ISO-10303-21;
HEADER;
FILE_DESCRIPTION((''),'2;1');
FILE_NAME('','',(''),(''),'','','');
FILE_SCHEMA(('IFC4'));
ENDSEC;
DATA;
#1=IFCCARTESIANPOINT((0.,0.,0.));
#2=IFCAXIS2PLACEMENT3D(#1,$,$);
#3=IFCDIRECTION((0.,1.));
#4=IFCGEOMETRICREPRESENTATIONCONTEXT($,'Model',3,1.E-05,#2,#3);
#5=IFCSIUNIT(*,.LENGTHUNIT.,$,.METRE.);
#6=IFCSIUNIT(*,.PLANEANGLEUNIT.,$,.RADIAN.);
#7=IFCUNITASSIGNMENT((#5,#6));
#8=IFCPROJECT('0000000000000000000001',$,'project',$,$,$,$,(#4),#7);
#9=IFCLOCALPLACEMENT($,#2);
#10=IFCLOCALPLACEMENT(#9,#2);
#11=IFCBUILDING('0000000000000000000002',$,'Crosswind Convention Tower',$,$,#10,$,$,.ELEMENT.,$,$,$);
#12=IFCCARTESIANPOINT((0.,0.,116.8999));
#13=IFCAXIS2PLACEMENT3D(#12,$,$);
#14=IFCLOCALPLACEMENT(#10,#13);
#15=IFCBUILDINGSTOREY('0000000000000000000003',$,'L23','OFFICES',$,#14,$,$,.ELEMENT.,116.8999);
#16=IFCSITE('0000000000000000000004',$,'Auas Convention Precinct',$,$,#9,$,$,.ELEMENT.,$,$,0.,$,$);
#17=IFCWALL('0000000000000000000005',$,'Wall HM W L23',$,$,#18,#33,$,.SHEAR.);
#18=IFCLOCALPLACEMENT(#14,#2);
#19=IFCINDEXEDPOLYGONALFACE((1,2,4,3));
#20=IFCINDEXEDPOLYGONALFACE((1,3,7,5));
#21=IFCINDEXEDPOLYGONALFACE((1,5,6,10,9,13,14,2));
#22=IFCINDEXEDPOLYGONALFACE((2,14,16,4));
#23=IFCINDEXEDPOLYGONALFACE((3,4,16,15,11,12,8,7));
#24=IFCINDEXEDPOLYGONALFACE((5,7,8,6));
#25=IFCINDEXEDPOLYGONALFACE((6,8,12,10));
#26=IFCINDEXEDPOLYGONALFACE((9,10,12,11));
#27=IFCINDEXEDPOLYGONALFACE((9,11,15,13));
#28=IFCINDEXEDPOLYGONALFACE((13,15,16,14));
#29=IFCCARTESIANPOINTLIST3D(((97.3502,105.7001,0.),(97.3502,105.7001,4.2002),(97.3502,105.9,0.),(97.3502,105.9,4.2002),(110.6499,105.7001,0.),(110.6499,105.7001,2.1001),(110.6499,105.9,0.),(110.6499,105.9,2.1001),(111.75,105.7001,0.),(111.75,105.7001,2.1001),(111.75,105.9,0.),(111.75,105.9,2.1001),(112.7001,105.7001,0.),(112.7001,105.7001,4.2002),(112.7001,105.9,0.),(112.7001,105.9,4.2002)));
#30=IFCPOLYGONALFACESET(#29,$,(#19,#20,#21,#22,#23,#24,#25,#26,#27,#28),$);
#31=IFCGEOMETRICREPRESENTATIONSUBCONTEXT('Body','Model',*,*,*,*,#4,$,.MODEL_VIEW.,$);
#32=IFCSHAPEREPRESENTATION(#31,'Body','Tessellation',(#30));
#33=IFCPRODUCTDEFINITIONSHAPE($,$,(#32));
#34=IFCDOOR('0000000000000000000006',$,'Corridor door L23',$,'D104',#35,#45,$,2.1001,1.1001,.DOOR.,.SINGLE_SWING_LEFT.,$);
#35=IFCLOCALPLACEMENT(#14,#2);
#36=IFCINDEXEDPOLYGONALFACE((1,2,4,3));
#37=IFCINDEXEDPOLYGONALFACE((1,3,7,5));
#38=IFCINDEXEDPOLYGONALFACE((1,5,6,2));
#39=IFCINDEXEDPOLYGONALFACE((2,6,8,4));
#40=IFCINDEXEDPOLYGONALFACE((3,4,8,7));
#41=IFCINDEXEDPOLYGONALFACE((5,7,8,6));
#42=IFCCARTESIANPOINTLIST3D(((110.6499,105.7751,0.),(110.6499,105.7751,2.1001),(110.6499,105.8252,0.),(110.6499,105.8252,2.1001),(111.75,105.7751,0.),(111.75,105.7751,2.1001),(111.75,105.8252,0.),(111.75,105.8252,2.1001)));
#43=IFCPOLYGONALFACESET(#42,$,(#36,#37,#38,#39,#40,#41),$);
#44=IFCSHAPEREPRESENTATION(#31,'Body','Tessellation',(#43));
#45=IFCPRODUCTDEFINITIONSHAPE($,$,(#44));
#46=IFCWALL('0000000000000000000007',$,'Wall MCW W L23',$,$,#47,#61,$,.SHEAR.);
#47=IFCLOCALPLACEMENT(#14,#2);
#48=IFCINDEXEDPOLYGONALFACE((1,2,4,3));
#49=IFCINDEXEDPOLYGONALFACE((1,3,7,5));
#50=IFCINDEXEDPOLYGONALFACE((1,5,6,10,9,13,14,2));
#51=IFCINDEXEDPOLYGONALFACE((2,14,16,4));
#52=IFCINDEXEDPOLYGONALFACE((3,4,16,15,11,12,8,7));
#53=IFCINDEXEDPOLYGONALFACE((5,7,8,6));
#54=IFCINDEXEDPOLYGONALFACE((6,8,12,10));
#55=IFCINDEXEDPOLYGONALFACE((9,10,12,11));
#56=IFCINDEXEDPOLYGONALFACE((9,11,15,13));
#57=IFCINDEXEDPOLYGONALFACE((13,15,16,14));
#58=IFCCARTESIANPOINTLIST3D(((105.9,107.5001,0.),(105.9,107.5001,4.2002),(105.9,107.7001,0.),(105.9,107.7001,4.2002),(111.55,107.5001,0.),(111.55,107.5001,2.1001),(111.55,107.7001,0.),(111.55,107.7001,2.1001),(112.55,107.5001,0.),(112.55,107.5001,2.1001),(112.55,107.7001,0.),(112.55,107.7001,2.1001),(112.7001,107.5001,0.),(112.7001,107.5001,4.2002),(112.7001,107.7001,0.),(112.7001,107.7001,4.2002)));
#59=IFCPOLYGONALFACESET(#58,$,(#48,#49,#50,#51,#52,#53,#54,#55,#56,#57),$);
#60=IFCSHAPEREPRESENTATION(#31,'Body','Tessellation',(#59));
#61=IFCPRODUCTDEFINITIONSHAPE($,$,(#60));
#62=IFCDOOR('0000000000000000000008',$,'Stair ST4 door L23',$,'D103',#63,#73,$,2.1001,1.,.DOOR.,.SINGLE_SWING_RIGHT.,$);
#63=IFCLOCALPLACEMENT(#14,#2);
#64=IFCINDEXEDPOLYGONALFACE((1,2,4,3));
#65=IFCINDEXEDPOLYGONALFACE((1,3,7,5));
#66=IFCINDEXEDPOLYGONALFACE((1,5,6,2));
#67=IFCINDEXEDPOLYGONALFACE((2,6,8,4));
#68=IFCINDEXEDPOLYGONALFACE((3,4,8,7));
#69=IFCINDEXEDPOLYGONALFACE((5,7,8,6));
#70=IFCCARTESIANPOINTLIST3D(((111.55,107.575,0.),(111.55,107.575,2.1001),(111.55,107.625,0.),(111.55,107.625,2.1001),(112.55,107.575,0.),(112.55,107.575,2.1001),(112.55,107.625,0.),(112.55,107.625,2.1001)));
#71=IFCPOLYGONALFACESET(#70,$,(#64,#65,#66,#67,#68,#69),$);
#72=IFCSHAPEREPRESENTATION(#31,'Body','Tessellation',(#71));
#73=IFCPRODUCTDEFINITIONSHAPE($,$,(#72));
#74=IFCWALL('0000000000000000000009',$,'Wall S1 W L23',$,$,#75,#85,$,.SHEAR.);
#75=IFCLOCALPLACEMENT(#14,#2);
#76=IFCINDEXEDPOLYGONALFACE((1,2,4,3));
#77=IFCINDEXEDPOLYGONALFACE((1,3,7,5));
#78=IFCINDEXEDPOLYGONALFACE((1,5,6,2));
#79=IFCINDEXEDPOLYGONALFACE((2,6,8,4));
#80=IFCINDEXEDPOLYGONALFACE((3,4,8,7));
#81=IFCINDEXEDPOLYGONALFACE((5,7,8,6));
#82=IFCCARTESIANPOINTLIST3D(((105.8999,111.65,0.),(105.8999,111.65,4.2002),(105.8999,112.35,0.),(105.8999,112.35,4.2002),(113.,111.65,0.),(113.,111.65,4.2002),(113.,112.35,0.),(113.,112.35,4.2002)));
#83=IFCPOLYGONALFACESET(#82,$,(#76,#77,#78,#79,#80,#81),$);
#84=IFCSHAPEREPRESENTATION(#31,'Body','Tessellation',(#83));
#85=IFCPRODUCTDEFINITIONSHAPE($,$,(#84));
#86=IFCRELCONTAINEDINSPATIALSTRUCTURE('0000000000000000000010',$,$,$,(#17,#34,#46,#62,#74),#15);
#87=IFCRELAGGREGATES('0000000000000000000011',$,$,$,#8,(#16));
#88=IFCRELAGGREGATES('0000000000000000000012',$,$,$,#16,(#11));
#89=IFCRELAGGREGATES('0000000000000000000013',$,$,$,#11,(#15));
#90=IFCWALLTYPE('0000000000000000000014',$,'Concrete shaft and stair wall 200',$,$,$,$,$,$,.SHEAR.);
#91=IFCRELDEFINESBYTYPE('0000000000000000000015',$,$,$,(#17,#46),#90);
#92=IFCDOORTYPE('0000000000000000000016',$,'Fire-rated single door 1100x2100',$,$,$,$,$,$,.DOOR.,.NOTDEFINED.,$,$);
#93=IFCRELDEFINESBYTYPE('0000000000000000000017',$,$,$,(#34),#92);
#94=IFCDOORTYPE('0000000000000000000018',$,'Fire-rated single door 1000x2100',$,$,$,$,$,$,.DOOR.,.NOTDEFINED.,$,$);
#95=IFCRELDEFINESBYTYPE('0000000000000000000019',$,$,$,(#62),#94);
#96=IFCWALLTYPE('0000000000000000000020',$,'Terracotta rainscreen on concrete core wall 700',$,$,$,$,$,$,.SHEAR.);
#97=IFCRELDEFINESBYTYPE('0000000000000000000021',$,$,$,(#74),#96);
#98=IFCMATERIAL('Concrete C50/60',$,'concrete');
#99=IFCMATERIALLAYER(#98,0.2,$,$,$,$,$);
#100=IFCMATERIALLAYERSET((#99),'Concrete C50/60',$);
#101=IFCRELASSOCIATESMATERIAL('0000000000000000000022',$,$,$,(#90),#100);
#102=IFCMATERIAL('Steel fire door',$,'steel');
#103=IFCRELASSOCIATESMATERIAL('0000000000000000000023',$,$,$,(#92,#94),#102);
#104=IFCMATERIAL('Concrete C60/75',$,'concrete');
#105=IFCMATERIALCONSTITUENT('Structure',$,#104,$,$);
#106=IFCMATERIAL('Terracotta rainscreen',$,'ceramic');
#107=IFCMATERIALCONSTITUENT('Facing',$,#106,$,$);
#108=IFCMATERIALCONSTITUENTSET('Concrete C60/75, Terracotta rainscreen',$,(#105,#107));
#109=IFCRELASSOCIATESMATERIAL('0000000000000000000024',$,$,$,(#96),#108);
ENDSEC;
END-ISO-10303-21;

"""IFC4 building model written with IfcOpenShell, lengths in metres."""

from ifc_helpers import new_model, si_unit, direction, frame, frame_2d, origin, place, context, subcontext, project, spatial, rectangle, extrude, material, layer, layer_set, constituent, constituent_set, type_object, element, fill, save


model = new_model("IFC4")

# Units and contexts
model_context = context("Model", 3, precision=1e-05, world=origin(), true_north=direction((0.0, 1.0)))
body_context = subcontext(model_context, "Body", "Model", "MODEL_VIEW")
ifc_project = project(units=[si_unit("LENGTHUNIT", "METRE"), si_unit("PLANEANGLEUNIT", "RADIAN")], contexts=[model_context])

# Site, building, storey
site_placement = place(None, origin())
site = spatial("IfcSite", under=ifc_project, at=site_placement, Name="Auas Convention Precinct", CompositionType="ELEMENT", RefElevation=0.0)
building_placement = place(site_placement, origin())
building = spatial("IfcBuilding", under=site, at=building_placement, Name="Crosswind Convention Tower", CompositionType="ELEMENT")
storey_placement = place(building_placement, frame((0.0, 0.0, 116.8999)))
storey = spatial("IfcBuildingStorey", under=building, at=storey_placement, Name="L23", Description="OFFICES", CompositionType="ELEMENT", Elevation=116.8999)

# Shared definitions
ifc_material_1 = material(Name="Concrete C50/60", Category="concrete")

# Walls, openings, doors
ifc_layer_1 = layer(ifc_material_1, 0.2)
ifc_layer_set_1 = layer_set([ifc_layer_1], Name="Concrete C50/60")
wall_type_1 = type_object("IfcWallType", Name="Concrete shaft and stair wall 200", PredefinedType="SHEAR", material=ifc_layer_set_1)
wall_1_placement = place(storey_placement, frame((112.7, 105.8, 0.0), z_axis=(0.0, 0.0, 1.0), x_axis=(-1.0, 0.0, 0.0)))
wall_1 = element("IfcWall", 1, at=wall_1_placement, inside=storey, type_object=wall_type_1, Name="Wall HM W L23", PredefinedType="SHEAR", context=body_context, shape_type="SweptSolid", body=[
    extrude(rectangle(XDim=15.3499, YDim=0.2, at=frame_2d((7.6748, 0.0))), origin(), (0.0, 0.0, 1.0), 4.2002),
])
opening_1_placement = place(wall_1_placement, frame((0.95, 0.0, 0.0)))
opening_1 = element("IfcOpeningElement", 2, at=opening_1_placement, cuts=wall_1, PredefinedType="OPENING", context=body_context, shape_type="SweptSolid", body=[
    extrude(rectangle(XDim=1.1001, YDim=2.1001, at=frame_2d((0.55, 1.05))), frame((0.0, 0.1099, 0.0), z_axis=(0.0, -1.0, 0.0), x_axis=(1.0, 0.0, 0.0)), (0.0, 0.0, 1.0), 0.22),
])
ifc_material_2 = material(Name="Steel fire door", Category="steel")
door_type_1 = type_object("IfcDoorType", Name="Fire-rated single door 1100x2100", OperationType="NOTDEFINED", PredefinedType="DOOR", material=ifc_material_2)
door_1_placement = place(opening_1_placement, origin())
door_1 = element("IfcDoor", 3, at=door_1_placement, inside=storey, type_object=door_type_1, Name="Corridor door L23", ObjectType="D104", OperationType="SINGLE_SWING_LEFT", OverallHeight=2.1001, OverallWidth=1.1001, PredefinedType="DOOR", context=body_context, shape_type="SweptSolid", body=[
    extrude(rectangle(XDim=1.1001, YDim=2.1001, at=frame_2d((0.55, 1.05))), frame((0.0, 0.0249, 0.0), z_axis=(0.0, -1.0, 0.0), x_axis=(1.0, 0.0, 0.0)), (0.0, 0.0, 1.0), 0.05),
])
fill(opening_1, door_1)
wall_2_placement = place(storey_placement, frame((112.7, 107.6001, 0.0), z_axis=(0.0, 0.0, 1.0), x_axis=(-1.0, 0.0, 0.0)))
wall_2 = element("IfcWall", 4, at=wall_2_placement, inside=storey, type_object=wall_type_1, Name="Wall MCW W L23", PredefinedType="SHEAR", context=body_context, shape_type="SweptSolid", body=[
    extrude(rectangle(XDim=6.8, YDim=0.2, at=frame_2d((3.3999, 0.0))), origin(), (0.0, 0.0, 1.0), 4.2002),
])
opening_2_placement = place(wall_2_placement, frame((0.1499, 0.0, 0.0)))
opening_2 = element("IfcOpeningElement", 5, at=opening_2_placement, cuts=wall_2, PredefinedType="OPENING", context=body_context, shape_type="SweptSolid", body=[
    extrude(rectangle(XDim=1.0, YDim=2.1001, at=frame_2d((0.5, 1.05))), frame((0.0, 0.1099, 0.0), z_axis=(0.0, -1.0, 0.0), x_axis=(1.0, 0.0, 0.0)), (0.0, 0.0, 1.0), 0.22),
])
door_type_2 = type_object("IfcDoorType", Name="Fire-rated single door 1000x2100", OperationType="NOTDEFINED", PredefinedType="DOOR", material=ifc_material_2)
door_2_placement = place(opening_2_placement, frame((1.0, 0.0, 0.0), z_axis=(0.0, 0.0, 1.0), x_axis=(-1.0, 0.0, 0.0)))
door_2 = element("IfcDoor", 6, at=door_2_placement, inside=storey, type_object=door_type_2, Name="Stair ST4 door L23", ObjectType="D103", OperationType="SINGLE_SWING_RIGHT", OverallHeight=2.1001, OverallWidth=1.0, PredefinedType="DOOR", context=body_context, shape_type="SweptSolid", body=[
    extrude(rectangle(XDim=1.0, YDim=2.1001, at=frame_2d((0.5, 1.05))), frame((0.0, 0.0249, 0.0), z_axis=(0.0, -1.0, 0.0), x_axis=(1.0, 0.0, 0.0)), (0.0, 0.0, 1.0), 0.05),
])
fill(opening_2, door_2)

# Wall
ifc_material_3 = material(Name="Concrete C60/75", Category="concrete")
ifc_constituent_1 = constituent(ifc_material_3, Name="Structure")
ifc_material_4 = material(Name="Terracotta rainscreen", Category="ceramic")
ifc_constituent_2 = constituent(ifc_material_4, Name="Facing")
ifc_constituent_set = constituent_set(constituents=[ifc_constituent_1, ifc_constituent_2], Name="Concrete C60/75, Terracotta rainscreen")
wall_type_2 = type_object("IfcWallType", Name="Terracotta rainscreen on concrete core wall 700", PredefinedType="SHEAR", material=ifc_constituent_set)
wall_3_placement = place(storey_placement, frame((113.0, 112.0, 0.0), z_axis=(0.0, 0.0, 1.0), x_axis=(-1.0, 0.0, 0.0)))
element("IfcWall", 7, at=wall_3_placement, inside=storey, type_object=wall_type_2, Name="Wall S1 W L23", PredefinedType="SHEAR", context=body_context, shape_type="SweptSolid", body=[
    extrude(rectangle(XDim=7.1001, YDim=0.7, at=frame_2d((3.55, 0.0))), origin(), (0.0, 0.0, 1.0), 4.2002),
])

save(model, "model.ifc")
